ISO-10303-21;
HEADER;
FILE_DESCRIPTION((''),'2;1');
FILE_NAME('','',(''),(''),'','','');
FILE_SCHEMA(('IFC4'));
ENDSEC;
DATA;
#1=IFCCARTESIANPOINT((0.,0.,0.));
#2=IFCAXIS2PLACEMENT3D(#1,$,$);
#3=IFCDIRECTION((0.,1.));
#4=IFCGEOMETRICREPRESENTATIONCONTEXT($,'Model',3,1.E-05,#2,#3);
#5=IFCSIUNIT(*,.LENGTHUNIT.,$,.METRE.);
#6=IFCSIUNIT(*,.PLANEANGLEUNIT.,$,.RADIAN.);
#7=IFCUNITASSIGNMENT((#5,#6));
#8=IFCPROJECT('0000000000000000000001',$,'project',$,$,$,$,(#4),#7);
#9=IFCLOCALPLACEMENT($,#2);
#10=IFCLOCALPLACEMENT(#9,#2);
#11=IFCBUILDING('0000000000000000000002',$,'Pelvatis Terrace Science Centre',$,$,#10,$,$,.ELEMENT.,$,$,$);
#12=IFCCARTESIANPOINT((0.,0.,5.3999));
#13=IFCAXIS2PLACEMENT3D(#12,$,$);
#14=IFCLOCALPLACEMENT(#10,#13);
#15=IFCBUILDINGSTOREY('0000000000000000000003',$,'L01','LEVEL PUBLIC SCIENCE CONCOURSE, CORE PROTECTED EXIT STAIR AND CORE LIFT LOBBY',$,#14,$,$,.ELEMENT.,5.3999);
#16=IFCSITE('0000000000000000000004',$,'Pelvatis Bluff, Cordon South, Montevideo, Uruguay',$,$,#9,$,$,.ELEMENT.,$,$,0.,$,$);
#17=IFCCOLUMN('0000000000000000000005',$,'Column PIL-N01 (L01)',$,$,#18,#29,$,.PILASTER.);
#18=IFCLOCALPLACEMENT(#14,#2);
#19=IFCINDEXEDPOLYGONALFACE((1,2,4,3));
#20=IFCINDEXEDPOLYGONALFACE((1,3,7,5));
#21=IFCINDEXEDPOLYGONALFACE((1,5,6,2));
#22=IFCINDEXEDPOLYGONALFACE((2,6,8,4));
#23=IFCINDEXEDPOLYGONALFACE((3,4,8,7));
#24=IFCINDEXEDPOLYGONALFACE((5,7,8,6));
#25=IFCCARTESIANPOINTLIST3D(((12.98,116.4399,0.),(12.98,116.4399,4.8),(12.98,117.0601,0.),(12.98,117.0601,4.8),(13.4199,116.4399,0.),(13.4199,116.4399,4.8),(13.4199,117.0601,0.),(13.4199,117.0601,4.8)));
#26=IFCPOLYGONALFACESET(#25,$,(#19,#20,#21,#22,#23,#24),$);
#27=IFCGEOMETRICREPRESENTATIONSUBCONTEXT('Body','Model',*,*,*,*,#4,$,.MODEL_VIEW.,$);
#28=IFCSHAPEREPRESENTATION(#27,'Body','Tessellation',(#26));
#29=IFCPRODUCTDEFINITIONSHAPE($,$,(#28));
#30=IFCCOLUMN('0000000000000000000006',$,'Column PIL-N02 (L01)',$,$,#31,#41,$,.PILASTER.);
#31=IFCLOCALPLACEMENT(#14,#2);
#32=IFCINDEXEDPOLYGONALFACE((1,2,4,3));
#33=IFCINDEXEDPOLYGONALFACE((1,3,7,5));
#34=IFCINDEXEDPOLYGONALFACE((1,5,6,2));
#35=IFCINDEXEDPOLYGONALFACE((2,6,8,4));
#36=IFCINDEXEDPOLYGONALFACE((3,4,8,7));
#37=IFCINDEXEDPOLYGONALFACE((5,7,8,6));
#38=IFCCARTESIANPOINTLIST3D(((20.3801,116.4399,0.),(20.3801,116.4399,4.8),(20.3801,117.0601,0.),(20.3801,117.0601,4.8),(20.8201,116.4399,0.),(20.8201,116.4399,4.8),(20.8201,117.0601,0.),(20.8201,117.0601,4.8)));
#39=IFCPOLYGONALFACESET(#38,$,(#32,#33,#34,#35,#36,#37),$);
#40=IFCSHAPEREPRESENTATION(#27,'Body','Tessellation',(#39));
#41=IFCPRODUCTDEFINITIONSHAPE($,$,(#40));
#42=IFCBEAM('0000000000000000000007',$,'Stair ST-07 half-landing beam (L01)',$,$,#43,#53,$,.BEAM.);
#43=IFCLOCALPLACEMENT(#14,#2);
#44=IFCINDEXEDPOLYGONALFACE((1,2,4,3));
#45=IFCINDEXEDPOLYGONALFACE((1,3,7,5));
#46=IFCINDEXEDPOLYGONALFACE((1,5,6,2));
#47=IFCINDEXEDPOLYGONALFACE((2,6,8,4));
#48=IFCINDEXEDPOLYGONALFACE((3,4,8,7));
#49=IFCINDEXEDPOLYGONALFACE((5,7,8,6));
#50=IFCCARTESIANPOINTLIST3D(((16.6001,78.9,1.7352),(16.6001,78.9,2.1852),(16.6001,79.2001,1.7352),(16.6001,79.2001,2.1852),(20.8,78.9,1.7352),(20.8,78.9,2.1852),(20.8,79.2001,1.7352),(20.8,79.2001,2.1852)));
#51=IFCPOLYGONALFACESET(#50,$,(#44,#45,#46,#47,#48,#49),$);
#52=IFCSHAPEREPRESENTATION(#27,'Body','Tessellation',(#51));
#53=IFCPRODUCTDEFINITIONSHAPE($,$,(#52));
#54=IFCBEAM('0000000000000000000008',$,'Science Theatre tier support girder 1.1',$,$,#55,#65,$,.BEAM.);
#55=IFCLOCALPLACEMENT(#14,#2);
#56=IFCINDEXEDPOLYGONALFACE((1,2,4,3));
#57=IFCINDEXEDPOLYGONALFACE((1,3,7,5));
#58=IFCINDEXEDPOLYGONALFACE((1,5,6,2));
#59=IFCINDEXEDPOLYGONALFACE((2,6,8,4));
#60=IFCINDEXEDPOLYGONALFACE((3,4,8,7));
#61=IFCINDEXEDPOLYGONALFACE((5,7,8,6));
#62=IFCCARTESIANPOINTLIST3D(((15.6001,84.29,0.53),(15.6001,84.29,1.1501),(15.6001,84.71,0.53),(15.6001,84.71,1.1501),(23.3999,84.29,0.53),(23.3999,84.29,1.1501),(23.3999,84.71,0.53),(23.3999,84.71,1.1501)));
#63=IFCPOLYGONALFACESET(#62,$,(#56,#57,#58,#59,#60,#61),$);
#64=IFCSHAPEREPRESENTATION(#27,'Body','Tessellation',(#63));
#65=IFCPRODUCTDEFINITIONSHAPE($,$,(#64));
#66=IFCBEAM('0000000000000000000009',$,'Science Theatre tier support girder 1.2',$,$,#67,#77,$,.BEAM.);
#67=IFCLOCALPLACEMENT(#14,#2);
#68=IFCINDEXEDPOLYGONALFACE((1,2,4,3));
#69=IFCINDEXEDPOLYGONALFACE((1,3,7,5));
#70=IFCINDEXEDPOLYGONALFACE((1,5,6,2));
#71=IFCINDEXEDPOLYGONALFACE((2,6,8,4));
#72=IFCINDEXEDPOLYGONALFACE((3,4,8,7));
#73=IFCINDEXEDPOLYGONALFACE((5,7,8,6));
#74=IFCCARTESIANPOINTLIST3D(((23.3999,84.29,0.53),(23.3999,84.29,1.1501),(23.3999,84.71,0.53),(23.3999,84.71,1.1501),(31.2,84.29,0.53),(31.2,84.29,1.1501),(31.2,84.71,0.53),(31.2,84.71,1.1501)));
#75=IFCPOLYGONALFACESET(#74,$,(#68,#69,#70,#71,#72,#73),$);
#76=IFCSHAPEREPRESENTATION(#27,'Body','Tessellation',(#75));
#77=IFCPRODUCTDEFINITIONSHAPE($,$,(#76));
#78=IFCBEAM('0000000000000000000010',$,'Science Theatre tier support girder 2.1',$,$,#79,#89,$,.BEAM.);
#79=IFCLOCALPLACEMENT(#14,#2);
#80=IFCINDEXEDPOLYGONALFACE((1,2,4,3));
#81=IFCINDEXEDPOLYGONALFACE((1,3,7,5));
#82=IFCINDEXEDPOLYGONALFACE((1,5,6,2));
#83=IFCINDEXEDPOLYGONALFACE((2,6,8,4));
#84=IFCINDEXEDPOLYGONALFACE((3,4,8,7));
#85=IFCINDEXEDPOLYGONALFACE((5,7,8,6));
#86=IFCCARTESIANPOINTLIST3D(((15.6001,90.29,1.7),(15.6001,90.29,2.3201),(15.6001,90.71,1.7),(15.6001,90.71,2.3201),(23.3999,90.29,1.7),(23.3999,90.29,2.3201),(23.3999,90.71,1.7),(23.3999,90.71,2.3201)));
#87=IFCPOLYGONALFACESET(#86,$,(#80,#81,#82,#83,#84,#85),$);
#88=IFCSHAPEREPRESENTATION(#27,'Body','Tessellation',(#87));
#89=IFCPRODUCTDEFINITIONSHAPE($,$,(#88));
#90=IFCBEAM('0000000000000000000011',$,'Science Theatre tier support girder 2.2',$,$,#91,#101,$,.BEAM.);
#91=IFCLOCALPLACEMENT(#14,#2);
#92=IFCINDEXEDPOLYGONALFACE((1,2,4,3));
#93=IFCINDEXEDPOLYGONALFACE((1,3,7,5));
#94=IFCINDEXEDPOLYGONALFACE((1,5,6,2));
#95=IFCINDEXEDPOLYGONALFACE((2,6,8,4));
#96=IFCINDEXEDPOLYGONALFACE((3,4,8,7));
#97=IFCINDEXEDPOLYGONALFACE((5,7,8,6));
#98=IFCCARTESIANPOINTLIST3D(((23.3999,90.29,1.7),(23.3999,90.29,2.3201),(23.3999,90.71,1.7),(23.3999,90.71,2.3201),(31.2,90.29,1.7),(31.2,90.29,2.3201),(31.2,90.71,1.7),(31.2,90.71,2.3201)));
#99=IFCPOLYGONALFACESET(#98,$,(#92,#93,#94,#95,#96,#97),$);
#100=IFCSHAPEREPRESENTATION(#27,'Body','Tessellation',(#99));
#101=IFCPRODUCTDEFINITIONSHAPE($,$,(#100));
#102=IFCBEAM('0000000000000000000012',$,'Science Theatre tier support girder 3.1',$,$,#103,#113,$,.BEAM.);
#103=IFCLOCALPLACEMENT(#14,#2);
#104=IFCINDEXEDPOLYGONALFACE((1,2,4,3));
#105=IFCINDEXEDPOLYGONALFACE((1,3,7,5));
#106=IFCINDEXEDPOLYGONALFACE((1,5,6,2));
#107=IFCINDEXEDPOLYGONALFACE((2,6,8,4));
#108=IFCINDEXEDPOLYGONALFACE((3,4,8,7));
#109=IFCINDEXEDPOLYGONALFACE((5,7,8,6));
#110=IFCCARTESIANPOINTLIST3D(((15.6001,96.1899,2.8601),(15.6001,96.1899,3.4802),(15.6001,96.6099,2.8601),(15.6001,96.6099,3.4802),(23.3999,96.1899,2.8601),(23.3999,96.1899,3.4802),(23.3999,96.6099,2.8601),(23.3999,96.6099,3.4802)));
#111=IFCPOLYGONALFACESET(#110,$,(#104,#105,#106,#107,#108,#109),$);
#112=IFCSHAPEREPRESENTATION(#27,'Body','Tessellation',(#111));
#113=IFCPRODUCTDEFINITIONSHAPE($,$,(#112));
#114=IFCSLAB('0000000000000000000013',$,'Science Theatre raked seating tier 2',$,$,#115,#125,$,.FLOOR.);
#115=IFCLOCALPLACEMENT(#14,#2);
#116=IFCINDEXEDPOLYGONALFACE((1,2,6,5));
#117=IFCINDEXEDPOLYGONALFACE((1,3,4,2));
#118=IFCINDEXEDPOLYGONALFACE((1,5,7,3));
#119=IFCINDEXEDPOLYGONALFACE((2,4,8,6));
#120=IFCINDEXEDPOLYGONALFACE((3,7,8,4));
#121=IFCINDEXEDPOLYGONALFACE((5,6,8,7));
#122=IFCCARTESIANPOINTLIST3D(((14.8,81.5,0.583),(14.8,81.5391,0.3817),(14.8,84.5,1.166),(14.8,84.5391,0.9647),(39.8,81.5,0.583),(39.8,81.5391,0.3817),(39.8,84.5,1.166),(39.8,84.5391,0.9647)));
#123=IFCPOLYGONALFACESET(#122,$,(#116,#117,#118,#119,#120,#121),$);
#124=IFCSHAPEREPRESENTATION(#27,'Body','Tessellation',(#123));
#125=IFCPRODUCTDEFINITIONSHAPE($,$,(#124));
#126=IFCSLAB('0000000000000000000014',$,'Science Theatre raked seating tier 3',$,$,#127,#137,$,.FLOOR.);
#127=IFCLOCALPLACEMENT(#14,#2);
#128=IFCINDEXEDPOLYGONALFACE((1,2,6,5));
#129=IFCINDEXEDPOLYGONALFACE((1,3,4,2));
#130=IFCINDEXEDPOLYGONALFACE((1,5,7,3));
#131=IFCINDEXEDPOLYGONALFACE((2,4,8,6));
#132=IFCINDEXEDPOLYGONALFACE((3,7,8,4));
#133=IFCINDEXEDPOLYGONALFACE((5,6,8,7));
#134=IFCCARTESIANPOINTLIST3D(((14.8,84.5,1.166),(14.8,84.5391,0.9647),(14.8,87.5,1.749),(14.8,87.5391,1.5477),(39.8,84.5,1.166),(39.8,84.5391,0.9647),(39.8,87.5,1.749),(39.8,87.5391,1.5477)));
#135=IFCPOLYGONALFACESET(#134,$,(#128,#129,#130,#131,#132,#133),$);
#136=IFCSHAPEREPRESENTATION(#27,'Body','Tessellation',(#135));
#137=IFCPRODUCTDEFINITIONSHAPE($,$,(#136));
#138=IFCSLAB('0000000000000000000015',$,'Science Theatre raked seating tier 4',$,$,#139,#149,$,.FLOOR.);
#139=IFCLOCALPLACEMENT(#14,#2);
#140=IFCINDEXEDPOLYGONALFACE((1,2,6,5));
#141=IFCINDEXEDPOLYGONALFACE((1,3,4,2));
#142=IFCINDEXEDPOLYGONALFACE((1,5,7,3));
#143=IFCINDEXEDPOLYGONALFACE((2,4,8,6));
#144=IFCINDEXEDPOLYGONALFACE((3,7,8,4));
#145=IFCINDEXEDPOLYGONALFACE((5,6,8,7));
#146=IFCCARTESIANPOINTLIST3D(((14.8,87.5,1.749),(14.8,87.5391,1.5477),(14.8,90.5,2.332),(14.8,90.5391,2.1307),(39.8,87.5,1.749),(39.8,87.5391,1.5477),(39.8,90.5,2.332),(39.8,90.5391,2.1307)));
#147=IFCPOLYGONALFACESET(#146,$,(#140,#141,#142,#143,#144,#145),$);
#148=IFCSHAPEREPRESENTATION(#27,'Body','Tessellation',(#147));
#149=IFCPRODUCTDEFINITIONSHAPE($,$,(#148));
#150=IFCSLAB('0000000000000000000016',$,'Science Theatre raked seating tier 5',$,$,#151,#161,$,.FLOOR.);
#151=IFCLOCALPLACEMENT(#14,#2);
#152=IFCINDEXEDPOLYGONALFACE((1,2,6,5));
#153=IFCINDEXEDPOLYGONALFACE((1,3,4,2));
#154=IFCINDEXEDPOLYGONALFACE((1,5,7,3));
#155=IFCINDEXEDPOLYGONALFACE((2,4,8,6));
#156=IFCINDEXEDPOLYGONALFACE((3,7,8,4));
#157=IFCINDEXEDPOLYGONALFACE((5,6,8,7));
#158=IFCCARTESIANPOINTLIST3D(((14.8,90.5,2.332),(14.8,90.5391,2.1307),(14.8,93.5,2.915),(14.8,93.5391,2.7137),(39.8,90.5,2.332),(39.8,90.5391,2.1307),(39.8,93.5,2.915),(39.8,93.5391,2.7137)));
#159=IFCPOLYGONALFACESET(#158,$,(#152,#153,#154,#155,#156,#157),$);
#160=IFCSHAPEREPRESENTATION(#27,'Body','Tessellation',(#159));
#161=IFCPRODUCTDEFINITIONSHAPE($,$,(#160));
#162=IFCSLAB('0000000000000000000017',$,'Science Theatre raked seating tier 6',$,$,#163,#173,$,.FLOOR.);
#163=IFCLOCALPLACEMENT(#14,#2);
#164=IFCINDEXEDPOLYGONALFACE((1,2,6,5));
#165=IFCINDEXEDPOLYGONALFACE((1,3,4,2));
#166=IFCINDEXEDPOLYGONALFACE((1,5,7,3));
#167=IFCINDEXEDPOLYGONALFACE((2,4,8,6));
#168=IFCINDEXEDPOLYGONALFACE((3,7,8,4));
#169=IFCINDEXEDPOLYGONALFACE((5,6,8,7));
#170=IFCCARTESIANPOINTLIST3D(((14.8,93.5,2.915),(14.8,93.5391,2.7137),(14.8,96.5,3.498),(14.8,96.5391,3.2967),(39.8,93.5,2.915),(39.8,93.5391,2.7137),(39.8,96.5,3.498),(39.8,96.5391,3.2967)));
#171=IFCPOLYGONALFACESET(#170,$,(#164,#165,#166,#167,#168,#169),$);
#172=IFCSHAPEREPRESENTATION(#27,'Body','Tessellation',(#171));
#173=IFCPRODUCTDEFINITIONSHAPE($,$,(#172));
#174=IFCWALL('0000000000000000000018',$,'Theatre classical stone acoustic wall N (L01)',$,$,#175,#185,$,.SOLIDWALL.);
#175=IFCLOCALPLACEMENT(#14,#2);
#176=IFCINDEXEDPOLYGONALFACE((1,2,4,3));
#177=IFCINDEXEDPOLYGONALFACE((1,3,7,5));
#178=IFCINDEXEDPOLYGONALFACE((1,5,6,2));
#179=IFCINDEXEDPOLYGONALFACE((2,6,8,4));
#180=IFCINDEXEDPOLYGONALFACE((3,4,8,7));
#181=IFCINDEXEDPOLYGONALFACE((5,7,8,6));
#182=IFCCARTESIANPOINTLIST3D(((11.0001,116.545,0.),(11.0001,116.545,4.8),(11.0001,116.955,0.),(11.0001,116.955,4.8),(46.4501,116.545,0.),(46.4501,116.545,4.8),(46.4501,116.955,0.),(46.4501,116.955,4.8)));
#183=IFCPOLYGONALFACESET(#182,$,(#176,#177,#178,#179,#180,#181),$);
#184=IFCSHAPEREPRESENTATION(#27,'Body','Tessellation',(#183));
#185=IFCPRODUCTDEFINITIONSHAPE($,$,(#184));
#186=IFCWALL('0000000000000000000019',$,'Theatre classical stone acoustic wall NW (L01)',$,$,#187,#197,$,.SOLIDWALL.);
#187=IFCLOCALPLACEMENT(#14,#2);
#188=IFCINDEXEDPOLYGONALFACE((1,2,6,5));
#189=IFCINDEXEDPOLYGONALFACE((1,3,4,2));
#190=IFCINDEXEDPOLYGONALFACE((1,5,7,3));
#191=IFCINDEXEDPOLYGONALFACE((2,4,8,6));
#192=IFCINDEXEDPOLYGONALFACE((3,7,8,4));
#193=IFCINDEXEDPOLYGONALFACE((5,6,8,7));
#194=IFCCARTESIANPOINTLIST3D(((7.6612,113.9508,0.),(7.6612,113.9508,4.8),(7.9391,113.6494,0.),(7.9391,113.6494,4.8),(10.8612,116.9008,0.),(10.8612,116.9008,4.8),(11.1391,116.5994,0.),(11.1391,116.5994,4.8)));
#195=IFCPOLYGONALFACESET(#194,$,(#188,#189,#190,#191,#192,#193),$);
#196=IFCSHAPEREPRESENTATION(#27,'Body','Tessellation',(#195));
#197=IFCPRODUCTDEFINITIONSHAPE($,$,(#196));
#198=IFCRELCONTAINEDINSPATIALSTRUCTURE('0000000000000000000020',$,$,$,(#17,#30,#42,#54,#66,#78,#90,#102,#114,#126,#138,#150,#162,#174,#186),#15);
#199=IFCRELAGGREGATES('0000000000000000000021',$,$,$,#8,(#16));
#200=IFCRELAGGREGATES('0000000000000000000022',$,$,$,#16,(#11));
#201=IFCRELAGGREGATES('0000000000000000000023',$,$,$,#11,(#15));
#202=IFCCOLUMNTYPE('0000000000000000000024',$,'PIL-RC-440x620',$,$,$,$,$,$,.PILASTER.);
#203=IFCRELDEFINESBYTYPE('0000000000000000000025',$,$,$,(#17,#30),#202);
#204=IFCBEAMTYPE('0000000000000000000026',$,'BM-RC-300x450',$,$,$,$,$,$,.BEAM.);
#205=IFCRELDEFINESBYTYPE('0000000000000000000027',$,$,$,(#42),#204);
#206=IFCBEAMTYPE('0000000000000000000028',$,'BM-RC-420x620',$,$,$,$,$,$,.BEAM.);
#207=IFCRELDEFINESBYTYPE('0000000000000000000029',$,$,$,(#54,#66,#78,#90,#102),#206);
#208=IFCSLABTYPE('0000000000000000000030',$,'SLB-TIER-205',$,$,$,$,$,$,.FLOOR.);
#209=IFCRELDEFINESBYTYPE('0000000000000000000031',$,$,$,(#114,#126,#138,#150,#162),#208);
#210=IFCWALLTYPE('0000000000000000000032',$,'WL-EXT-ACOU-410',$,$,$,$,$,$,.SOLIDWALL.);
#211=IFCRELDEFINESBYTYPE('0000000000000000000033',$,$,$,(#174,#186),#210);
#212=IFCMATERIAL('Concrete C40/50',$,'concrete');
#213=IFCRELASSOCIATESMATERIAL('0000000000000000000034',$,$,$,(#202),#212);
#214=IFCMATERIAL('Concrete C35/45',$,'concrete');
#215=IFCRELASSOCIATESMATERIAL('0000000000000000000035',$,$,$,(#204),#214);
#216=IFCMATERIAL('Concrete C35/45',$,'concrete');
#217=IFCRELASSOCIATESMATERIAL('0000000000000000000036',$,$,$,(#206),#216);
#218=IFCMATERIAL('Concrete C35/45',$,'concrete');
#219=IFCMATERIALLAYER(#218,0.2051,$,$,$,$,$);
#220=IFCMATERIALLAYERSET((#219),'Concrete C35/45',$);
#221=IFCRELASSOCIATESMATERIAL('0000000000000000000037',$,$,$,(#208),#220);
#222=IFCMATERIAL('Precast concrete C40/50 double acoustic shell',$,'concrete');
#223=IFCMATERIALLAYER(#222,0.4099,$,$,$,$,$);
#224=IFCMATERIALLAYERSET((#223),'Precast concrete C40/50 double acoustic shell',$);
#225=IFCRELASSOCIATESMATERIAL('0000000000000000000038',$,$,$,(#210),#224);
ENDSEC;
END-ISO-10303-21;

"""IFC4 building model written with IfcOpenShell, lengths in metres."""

from ifc_helpers import new_model, si_unit, direction, frame, frame_2d, origin, origin_2d, place, context, subcontext, project, spatial, polyline, rectangle, outline, extrude, material, layer, layer_set, material_profile, profile_set, type_object, element, save


model = new_model("IFC4")

# Units and contexts
model_context = context("Model", 3, precision=1e-05, world=origin(), true_north=direction((0.0, 1.0)))
body_context = subcontext(model_context, "Body", "Model", "MODEL_VIEW")
ifc_project = project(units=[si_unit("LENGTHUNIT", "METRE"), si_unit("PLANEANGLEUNIT", "RADIAN")], contexts=[model_context])

# Site, building, storey
site_placement = place(None, origin())
site = spatial("IfcSite", under=ifc_project, at=site_placement, Name="Pelvatis Bluff, Cordon South, Montevideo, Uruguay", CompositionType="ELEMENT", RefElevation=0.0)
building_placement = place(site_placement, origin())
building = spatial("IfcBuilding", under=site, at=building_placement, Name="Pelvatis Terrace Science Centre", CompositionType="ELEMENT")
storey_placement = place(building_placement, frame((0.0, 0.0, 5.3999)))
storey = spatial("IfcBuildingStorey", under=building, at=storey_placement, Name="L01", Description="LEVEL PUBLIC SCIENCE CONCOURSE, CORE PROTECTED EXIT STAIR AND CORE LIFT LOBBY", CompositionType="ELEMENT", Elevation=5.3999)

# Columns
ifc_material_1 = material(Name="Concrete C40/50", Category="concrete")
ifc_material_profile_1 = material_profile(ifc_material_1, rectangle(XDim=0.4399, YDim=0.6201, at=origin_2d()), Name="RC-PIL 440x620")
ifc_profile_set_1 = profile_set([ifc_material_profile_1], Name="Concrete C40/50")
column_type_1 = type_object("IfcColumnType", Name="PIL-RC-440x620", PredefinedType="PILASTER", material=ifc_profile_set_1)
for number, where, z_axis, x_axis, name in (
    (1, (13.2, 116.75, 0.0), (0.0, 0.0, 1.0), (1.0, 0.0, 0.0), "Column PIL-N01 (L01)"),
    (2, (20.6001, 116.75, 0.0), (0.0, 0.0, 1.0), (1.0, 0.0, 0.0), "Column PIL-N02 (L01)"),
):
    element("IfcColumn", number, at=place(storey_placement, frame(where, z_axis=z_axis, x_axis=x_axis)), inside=storey, type_object=column_type_1, Name=name, PredefinedType="PILASTER", context=body_context, shape_type="SweptSolid", body=[
        extrude(rectangle(XDim=0.4399, YDim=0.6201, at=origin_2d()), origin(), (0.0, 0.0, 1.0), 4.8),
    ])

# Beams
ifc_material_2 = material(Name="Concrete C35/45", Category="concrete")
ifc_material_profile_2 = material_profile(ifc_material_2, rectangle(XDim=0.3, YDim=0.45, at=origin_2d()), Name="RC-BM 300x450")
ifc_profile_set_2 = profile_set([ifc_material_profile_2], Name="Concrete C35/45")
beam_type_1 = type_object("IfcBeamType", Name="BM-RC-300x450", PredefinedType="BEAM", material=ifc_profile_set_2)
beam_1_placement = place(storey_placement, frame((16.6001, 79.05, 1.9602), z_axis=(1.0, 0.0, 0.0), x_axis=(0.0, 1.0, 0.0)))
element("IfcBeam", 3, at=beam_1_placement, inside=storey, type_object=beam_type_1, Name="Stair ST-07 half-landing beam (L01)", PredefinedType="BEAM", context=body_context, shape_type="SweptSolid", body=[
    extrude(rectangle(XDim=0.3, YDim=0.45, at=origin_2d()), origin(), (0.0, 0.0, 1.0), 4.2),
])
ifc_material_3 = material(Name="Concrete C35/45", Category="concrete")
ifc_material_profile_3 = material_profile(ifc_material_3, rectangle(XDim=0.4199, YDim=0.6201, at=origin_2d()), Name="RC-BM 420x620")
ifc_profile_set_3 = profile_set([ifc_material_profile_3], Name="Concrete C35/45")
beam_type_2 = type_object("IfcBeamType", Name="BM-RC-420x620", PredefinedType="BEAM", material=ifc_profile_set_3)
beam_2_placement = place(storey_placement, frame((15.6001, 84.5, 0.8401), z_axis=(1.0, 0.0, 0.0), x_axis=(0.0, 1.0, 0.0)))
element("IfcBeam", 4, at=beam_2_placement, inside=storey, type_object=beam_type_2, Name="Science Theatre tier support girder 1.1", PredefinedType="BEAM", context=body_context, shape_type="SweptSolid", body=[
    extrude(rectangle(XDim=0.4199, YDim=0.6201, at=origin_2d()), origin(), (0.0, 0.0, 1.0), 7.7998),
])
beam_3_placement = place(storey_placement, frame((23.3999, 84.5, 0.8401), z_axis=(1.0, 0.0, 0.0), x_axis=(0.0, 1.0, 0.0)))
element("IfcBeam", 5, at=beam_3_placement, inside=storey, type_object=beam_type_2, Name="Science Theatre tier support girder 1.2", PredefinedType="BEAM", context=body_context, shape_type="SweptSolid", body=[
    extrude(rectangle(XDim=0.4199, YDim=0.6201, at=origin_2d()), origin(), (0.0, 0.0, 1.0), 7.8),
])
beam_4_placement = place(storey_placement, frame((15.6001, 90.5, 2.01), z_axis=(1.0, 0.0, 0.0), x_axis=(0.0, 1.0, 0.0)))
element("IfcBeam", 6, at=beam_4_placement, inside=storey, type_object=beam_type_2, Name="Science Theatre tier support girder 2.1", PredefinedType="BEAM", context=body_context, shape_type="SweptSolid", body=[
    extrude(rectangle(XDim=0.4199, YDim=0.6201, at=origin_2d()), origin(), (0.0, 0.0, 1.0), 7.7998),
])
beam_5_placement = place(storey_placement, frame((23.3999, 90.5, 2.01), z_axis=(1.0, 0.0, 0.0), x_axis=(0.0, 1.0, 0.0)))
element("IfcBeam", 7, at=beam_5_placement, inside=storey, type_object=beam_type_2, Name="Science Theatre tier support girder 2.2", PredefinedType="BEAM", context=body_context, shape_type="SweptSolid", body=[
    extrude(rectangle(XDim=0.4199, YDim=0.6201, at=origin_2d()), origin(), (0.0, 0.0, 1.0), 7.8),
])
beam_6_placement = place(storey_placement, frame((15.6001, 96.3999, 3.1702), z_axis=(1.0, 0.0, 0.0), x_axis=(0.0, 1.0, 0.0)))
element("IfcBeam", 8, at=beam_6_placement, inside=storey, type_object=beam_type_2, Name="Science Theatre tier support girder 3.1", PredefinedType="BEAM", context=body_context, shape_type="SweptSolid", body=[
    extrude(rectangle(XDim=0.4199, YDim=0.6201, at=origin_2d()), origin(), (0.0, 0.0, 1.0), 7.7998),
])

# Slabs
ifc_material_4 = material(Name="Concrete C35/45", Category="concrete")
ifc_layer_1 = layer(ifc_material_4, 0.2051)
ifc_layer_set_1 = layer_set([ifc_layer_1], Name="Concrete C35/45")
slab_type = type_object("IfcSlabType", Name="SLB-TIER-205", PredefinedType="FLOOR", material=ifc_layer_set_1)
for number, where, z_axis, x_axis, name in (
    (9, (14.8, 81.5, 0.583), (0.0, -0.190767, 0.981635), (1.0, 0.0, 0.0), "Science Theatre raked seating tier 2"),
    (10, (14.8, 84.5, 1.166), (0.0, -0.190767, 0.981635), (1.0, 0.0, 0.0), "Science Theatre raked seating tier 3"),
    (11, (14.8, 87.5, 1.749), (0.0, -0.190767, 0.981635), (1.0, 0.0, 0.0), "Science Theatre raked seating tier 4"),
    (12, (14.8, 90.5, 2.332), (0.0, -0.190767, 0.981635), (1.0, 0.0, 0.0), "Science Theatre raked seating tier 5"),
    (13, (14.8, 93.5, 2.915), (0.0, -0.190767, 0.981635), (1.0, 0.0, 0.0), "Science Theatre raked seating tier 6"),
):
    element("IfcSlab", number, at=place(storey_placement, frame(where, z_axis=z_axis, x_axis=x_axis)), inside=storey, type_object=slab_type, Name=name, PredefinedType="FLOOR", context=body_context, shape_type="SweptSolid", body=[
        extrude(outline(polyline([(0.0, 0.0), (25.0, 0.0), (25.0, 3.0561), (0.0, 3.0561), (0.0, 0.0)])), origin(), (0.0, 0.0, -1.0), 0.2051),
    ])

# Walls
ifc_material_5 = material(Name="Precast concrete C40/50 double acoustic shell", Category="concrete")
ifc_layer_2 = layer(ifc_material_5, 0.4099)
ifc_layer_set_2 = layer_set([ifc_layer_2], Name="Precast concrete C40/50 double acoustic shell")
wall_type_1 = type_object("IfcWallType", Name="WL-EXT-ACOU-410", PredefinedType="SOLIDWALL", material=ifc_layer_set_2)
wall_1_placement = place(storey_placement, frame((11.0, 116.75, 0.0), z_axis=(0.0, 0.0, 1.0), x_axis=(1.0, 0.0, 0.0)))
element("IfcWall", 14, at=wall_1_placement, inside=storey, type_object=wall_type_1, Name="Theatre classical stone acoustic wall N (L01)", PredefinedType="SOLIDWALL", context=body_context, shape_type="SweptSolid", body=[
    extrude(rectangle(XDim=35.45, YDim=0.4099, at=frame_2d((17.7251, 0.0))), origin(), (0.0, 0.0, 1.0), 4.8),
])
wall_2_placement = place(storey_placement, frame((7.8, 113.8, 0.0), z_axis=(0.0, 0.0, 1.0), x_axis=(0.735244, 0.677802, 0.0)))
element("IfcWall", 15, at=wall_2_placement, inside=storey, type_object=wall_type_1, Name="Theatre classical stone acoustic wall NW (L01)", PredefinedType="SOLIDWALL", context=body_context, shape_type="SweptSolid", body=[
    extrude(rectangle(XDim=4.3523, YDim=0.4099, at=frame_2d((2.1763, 0.0))), origin(), (0.0, 0.0, 1.0), 4.8),
])

save(model, "model.ifc")
